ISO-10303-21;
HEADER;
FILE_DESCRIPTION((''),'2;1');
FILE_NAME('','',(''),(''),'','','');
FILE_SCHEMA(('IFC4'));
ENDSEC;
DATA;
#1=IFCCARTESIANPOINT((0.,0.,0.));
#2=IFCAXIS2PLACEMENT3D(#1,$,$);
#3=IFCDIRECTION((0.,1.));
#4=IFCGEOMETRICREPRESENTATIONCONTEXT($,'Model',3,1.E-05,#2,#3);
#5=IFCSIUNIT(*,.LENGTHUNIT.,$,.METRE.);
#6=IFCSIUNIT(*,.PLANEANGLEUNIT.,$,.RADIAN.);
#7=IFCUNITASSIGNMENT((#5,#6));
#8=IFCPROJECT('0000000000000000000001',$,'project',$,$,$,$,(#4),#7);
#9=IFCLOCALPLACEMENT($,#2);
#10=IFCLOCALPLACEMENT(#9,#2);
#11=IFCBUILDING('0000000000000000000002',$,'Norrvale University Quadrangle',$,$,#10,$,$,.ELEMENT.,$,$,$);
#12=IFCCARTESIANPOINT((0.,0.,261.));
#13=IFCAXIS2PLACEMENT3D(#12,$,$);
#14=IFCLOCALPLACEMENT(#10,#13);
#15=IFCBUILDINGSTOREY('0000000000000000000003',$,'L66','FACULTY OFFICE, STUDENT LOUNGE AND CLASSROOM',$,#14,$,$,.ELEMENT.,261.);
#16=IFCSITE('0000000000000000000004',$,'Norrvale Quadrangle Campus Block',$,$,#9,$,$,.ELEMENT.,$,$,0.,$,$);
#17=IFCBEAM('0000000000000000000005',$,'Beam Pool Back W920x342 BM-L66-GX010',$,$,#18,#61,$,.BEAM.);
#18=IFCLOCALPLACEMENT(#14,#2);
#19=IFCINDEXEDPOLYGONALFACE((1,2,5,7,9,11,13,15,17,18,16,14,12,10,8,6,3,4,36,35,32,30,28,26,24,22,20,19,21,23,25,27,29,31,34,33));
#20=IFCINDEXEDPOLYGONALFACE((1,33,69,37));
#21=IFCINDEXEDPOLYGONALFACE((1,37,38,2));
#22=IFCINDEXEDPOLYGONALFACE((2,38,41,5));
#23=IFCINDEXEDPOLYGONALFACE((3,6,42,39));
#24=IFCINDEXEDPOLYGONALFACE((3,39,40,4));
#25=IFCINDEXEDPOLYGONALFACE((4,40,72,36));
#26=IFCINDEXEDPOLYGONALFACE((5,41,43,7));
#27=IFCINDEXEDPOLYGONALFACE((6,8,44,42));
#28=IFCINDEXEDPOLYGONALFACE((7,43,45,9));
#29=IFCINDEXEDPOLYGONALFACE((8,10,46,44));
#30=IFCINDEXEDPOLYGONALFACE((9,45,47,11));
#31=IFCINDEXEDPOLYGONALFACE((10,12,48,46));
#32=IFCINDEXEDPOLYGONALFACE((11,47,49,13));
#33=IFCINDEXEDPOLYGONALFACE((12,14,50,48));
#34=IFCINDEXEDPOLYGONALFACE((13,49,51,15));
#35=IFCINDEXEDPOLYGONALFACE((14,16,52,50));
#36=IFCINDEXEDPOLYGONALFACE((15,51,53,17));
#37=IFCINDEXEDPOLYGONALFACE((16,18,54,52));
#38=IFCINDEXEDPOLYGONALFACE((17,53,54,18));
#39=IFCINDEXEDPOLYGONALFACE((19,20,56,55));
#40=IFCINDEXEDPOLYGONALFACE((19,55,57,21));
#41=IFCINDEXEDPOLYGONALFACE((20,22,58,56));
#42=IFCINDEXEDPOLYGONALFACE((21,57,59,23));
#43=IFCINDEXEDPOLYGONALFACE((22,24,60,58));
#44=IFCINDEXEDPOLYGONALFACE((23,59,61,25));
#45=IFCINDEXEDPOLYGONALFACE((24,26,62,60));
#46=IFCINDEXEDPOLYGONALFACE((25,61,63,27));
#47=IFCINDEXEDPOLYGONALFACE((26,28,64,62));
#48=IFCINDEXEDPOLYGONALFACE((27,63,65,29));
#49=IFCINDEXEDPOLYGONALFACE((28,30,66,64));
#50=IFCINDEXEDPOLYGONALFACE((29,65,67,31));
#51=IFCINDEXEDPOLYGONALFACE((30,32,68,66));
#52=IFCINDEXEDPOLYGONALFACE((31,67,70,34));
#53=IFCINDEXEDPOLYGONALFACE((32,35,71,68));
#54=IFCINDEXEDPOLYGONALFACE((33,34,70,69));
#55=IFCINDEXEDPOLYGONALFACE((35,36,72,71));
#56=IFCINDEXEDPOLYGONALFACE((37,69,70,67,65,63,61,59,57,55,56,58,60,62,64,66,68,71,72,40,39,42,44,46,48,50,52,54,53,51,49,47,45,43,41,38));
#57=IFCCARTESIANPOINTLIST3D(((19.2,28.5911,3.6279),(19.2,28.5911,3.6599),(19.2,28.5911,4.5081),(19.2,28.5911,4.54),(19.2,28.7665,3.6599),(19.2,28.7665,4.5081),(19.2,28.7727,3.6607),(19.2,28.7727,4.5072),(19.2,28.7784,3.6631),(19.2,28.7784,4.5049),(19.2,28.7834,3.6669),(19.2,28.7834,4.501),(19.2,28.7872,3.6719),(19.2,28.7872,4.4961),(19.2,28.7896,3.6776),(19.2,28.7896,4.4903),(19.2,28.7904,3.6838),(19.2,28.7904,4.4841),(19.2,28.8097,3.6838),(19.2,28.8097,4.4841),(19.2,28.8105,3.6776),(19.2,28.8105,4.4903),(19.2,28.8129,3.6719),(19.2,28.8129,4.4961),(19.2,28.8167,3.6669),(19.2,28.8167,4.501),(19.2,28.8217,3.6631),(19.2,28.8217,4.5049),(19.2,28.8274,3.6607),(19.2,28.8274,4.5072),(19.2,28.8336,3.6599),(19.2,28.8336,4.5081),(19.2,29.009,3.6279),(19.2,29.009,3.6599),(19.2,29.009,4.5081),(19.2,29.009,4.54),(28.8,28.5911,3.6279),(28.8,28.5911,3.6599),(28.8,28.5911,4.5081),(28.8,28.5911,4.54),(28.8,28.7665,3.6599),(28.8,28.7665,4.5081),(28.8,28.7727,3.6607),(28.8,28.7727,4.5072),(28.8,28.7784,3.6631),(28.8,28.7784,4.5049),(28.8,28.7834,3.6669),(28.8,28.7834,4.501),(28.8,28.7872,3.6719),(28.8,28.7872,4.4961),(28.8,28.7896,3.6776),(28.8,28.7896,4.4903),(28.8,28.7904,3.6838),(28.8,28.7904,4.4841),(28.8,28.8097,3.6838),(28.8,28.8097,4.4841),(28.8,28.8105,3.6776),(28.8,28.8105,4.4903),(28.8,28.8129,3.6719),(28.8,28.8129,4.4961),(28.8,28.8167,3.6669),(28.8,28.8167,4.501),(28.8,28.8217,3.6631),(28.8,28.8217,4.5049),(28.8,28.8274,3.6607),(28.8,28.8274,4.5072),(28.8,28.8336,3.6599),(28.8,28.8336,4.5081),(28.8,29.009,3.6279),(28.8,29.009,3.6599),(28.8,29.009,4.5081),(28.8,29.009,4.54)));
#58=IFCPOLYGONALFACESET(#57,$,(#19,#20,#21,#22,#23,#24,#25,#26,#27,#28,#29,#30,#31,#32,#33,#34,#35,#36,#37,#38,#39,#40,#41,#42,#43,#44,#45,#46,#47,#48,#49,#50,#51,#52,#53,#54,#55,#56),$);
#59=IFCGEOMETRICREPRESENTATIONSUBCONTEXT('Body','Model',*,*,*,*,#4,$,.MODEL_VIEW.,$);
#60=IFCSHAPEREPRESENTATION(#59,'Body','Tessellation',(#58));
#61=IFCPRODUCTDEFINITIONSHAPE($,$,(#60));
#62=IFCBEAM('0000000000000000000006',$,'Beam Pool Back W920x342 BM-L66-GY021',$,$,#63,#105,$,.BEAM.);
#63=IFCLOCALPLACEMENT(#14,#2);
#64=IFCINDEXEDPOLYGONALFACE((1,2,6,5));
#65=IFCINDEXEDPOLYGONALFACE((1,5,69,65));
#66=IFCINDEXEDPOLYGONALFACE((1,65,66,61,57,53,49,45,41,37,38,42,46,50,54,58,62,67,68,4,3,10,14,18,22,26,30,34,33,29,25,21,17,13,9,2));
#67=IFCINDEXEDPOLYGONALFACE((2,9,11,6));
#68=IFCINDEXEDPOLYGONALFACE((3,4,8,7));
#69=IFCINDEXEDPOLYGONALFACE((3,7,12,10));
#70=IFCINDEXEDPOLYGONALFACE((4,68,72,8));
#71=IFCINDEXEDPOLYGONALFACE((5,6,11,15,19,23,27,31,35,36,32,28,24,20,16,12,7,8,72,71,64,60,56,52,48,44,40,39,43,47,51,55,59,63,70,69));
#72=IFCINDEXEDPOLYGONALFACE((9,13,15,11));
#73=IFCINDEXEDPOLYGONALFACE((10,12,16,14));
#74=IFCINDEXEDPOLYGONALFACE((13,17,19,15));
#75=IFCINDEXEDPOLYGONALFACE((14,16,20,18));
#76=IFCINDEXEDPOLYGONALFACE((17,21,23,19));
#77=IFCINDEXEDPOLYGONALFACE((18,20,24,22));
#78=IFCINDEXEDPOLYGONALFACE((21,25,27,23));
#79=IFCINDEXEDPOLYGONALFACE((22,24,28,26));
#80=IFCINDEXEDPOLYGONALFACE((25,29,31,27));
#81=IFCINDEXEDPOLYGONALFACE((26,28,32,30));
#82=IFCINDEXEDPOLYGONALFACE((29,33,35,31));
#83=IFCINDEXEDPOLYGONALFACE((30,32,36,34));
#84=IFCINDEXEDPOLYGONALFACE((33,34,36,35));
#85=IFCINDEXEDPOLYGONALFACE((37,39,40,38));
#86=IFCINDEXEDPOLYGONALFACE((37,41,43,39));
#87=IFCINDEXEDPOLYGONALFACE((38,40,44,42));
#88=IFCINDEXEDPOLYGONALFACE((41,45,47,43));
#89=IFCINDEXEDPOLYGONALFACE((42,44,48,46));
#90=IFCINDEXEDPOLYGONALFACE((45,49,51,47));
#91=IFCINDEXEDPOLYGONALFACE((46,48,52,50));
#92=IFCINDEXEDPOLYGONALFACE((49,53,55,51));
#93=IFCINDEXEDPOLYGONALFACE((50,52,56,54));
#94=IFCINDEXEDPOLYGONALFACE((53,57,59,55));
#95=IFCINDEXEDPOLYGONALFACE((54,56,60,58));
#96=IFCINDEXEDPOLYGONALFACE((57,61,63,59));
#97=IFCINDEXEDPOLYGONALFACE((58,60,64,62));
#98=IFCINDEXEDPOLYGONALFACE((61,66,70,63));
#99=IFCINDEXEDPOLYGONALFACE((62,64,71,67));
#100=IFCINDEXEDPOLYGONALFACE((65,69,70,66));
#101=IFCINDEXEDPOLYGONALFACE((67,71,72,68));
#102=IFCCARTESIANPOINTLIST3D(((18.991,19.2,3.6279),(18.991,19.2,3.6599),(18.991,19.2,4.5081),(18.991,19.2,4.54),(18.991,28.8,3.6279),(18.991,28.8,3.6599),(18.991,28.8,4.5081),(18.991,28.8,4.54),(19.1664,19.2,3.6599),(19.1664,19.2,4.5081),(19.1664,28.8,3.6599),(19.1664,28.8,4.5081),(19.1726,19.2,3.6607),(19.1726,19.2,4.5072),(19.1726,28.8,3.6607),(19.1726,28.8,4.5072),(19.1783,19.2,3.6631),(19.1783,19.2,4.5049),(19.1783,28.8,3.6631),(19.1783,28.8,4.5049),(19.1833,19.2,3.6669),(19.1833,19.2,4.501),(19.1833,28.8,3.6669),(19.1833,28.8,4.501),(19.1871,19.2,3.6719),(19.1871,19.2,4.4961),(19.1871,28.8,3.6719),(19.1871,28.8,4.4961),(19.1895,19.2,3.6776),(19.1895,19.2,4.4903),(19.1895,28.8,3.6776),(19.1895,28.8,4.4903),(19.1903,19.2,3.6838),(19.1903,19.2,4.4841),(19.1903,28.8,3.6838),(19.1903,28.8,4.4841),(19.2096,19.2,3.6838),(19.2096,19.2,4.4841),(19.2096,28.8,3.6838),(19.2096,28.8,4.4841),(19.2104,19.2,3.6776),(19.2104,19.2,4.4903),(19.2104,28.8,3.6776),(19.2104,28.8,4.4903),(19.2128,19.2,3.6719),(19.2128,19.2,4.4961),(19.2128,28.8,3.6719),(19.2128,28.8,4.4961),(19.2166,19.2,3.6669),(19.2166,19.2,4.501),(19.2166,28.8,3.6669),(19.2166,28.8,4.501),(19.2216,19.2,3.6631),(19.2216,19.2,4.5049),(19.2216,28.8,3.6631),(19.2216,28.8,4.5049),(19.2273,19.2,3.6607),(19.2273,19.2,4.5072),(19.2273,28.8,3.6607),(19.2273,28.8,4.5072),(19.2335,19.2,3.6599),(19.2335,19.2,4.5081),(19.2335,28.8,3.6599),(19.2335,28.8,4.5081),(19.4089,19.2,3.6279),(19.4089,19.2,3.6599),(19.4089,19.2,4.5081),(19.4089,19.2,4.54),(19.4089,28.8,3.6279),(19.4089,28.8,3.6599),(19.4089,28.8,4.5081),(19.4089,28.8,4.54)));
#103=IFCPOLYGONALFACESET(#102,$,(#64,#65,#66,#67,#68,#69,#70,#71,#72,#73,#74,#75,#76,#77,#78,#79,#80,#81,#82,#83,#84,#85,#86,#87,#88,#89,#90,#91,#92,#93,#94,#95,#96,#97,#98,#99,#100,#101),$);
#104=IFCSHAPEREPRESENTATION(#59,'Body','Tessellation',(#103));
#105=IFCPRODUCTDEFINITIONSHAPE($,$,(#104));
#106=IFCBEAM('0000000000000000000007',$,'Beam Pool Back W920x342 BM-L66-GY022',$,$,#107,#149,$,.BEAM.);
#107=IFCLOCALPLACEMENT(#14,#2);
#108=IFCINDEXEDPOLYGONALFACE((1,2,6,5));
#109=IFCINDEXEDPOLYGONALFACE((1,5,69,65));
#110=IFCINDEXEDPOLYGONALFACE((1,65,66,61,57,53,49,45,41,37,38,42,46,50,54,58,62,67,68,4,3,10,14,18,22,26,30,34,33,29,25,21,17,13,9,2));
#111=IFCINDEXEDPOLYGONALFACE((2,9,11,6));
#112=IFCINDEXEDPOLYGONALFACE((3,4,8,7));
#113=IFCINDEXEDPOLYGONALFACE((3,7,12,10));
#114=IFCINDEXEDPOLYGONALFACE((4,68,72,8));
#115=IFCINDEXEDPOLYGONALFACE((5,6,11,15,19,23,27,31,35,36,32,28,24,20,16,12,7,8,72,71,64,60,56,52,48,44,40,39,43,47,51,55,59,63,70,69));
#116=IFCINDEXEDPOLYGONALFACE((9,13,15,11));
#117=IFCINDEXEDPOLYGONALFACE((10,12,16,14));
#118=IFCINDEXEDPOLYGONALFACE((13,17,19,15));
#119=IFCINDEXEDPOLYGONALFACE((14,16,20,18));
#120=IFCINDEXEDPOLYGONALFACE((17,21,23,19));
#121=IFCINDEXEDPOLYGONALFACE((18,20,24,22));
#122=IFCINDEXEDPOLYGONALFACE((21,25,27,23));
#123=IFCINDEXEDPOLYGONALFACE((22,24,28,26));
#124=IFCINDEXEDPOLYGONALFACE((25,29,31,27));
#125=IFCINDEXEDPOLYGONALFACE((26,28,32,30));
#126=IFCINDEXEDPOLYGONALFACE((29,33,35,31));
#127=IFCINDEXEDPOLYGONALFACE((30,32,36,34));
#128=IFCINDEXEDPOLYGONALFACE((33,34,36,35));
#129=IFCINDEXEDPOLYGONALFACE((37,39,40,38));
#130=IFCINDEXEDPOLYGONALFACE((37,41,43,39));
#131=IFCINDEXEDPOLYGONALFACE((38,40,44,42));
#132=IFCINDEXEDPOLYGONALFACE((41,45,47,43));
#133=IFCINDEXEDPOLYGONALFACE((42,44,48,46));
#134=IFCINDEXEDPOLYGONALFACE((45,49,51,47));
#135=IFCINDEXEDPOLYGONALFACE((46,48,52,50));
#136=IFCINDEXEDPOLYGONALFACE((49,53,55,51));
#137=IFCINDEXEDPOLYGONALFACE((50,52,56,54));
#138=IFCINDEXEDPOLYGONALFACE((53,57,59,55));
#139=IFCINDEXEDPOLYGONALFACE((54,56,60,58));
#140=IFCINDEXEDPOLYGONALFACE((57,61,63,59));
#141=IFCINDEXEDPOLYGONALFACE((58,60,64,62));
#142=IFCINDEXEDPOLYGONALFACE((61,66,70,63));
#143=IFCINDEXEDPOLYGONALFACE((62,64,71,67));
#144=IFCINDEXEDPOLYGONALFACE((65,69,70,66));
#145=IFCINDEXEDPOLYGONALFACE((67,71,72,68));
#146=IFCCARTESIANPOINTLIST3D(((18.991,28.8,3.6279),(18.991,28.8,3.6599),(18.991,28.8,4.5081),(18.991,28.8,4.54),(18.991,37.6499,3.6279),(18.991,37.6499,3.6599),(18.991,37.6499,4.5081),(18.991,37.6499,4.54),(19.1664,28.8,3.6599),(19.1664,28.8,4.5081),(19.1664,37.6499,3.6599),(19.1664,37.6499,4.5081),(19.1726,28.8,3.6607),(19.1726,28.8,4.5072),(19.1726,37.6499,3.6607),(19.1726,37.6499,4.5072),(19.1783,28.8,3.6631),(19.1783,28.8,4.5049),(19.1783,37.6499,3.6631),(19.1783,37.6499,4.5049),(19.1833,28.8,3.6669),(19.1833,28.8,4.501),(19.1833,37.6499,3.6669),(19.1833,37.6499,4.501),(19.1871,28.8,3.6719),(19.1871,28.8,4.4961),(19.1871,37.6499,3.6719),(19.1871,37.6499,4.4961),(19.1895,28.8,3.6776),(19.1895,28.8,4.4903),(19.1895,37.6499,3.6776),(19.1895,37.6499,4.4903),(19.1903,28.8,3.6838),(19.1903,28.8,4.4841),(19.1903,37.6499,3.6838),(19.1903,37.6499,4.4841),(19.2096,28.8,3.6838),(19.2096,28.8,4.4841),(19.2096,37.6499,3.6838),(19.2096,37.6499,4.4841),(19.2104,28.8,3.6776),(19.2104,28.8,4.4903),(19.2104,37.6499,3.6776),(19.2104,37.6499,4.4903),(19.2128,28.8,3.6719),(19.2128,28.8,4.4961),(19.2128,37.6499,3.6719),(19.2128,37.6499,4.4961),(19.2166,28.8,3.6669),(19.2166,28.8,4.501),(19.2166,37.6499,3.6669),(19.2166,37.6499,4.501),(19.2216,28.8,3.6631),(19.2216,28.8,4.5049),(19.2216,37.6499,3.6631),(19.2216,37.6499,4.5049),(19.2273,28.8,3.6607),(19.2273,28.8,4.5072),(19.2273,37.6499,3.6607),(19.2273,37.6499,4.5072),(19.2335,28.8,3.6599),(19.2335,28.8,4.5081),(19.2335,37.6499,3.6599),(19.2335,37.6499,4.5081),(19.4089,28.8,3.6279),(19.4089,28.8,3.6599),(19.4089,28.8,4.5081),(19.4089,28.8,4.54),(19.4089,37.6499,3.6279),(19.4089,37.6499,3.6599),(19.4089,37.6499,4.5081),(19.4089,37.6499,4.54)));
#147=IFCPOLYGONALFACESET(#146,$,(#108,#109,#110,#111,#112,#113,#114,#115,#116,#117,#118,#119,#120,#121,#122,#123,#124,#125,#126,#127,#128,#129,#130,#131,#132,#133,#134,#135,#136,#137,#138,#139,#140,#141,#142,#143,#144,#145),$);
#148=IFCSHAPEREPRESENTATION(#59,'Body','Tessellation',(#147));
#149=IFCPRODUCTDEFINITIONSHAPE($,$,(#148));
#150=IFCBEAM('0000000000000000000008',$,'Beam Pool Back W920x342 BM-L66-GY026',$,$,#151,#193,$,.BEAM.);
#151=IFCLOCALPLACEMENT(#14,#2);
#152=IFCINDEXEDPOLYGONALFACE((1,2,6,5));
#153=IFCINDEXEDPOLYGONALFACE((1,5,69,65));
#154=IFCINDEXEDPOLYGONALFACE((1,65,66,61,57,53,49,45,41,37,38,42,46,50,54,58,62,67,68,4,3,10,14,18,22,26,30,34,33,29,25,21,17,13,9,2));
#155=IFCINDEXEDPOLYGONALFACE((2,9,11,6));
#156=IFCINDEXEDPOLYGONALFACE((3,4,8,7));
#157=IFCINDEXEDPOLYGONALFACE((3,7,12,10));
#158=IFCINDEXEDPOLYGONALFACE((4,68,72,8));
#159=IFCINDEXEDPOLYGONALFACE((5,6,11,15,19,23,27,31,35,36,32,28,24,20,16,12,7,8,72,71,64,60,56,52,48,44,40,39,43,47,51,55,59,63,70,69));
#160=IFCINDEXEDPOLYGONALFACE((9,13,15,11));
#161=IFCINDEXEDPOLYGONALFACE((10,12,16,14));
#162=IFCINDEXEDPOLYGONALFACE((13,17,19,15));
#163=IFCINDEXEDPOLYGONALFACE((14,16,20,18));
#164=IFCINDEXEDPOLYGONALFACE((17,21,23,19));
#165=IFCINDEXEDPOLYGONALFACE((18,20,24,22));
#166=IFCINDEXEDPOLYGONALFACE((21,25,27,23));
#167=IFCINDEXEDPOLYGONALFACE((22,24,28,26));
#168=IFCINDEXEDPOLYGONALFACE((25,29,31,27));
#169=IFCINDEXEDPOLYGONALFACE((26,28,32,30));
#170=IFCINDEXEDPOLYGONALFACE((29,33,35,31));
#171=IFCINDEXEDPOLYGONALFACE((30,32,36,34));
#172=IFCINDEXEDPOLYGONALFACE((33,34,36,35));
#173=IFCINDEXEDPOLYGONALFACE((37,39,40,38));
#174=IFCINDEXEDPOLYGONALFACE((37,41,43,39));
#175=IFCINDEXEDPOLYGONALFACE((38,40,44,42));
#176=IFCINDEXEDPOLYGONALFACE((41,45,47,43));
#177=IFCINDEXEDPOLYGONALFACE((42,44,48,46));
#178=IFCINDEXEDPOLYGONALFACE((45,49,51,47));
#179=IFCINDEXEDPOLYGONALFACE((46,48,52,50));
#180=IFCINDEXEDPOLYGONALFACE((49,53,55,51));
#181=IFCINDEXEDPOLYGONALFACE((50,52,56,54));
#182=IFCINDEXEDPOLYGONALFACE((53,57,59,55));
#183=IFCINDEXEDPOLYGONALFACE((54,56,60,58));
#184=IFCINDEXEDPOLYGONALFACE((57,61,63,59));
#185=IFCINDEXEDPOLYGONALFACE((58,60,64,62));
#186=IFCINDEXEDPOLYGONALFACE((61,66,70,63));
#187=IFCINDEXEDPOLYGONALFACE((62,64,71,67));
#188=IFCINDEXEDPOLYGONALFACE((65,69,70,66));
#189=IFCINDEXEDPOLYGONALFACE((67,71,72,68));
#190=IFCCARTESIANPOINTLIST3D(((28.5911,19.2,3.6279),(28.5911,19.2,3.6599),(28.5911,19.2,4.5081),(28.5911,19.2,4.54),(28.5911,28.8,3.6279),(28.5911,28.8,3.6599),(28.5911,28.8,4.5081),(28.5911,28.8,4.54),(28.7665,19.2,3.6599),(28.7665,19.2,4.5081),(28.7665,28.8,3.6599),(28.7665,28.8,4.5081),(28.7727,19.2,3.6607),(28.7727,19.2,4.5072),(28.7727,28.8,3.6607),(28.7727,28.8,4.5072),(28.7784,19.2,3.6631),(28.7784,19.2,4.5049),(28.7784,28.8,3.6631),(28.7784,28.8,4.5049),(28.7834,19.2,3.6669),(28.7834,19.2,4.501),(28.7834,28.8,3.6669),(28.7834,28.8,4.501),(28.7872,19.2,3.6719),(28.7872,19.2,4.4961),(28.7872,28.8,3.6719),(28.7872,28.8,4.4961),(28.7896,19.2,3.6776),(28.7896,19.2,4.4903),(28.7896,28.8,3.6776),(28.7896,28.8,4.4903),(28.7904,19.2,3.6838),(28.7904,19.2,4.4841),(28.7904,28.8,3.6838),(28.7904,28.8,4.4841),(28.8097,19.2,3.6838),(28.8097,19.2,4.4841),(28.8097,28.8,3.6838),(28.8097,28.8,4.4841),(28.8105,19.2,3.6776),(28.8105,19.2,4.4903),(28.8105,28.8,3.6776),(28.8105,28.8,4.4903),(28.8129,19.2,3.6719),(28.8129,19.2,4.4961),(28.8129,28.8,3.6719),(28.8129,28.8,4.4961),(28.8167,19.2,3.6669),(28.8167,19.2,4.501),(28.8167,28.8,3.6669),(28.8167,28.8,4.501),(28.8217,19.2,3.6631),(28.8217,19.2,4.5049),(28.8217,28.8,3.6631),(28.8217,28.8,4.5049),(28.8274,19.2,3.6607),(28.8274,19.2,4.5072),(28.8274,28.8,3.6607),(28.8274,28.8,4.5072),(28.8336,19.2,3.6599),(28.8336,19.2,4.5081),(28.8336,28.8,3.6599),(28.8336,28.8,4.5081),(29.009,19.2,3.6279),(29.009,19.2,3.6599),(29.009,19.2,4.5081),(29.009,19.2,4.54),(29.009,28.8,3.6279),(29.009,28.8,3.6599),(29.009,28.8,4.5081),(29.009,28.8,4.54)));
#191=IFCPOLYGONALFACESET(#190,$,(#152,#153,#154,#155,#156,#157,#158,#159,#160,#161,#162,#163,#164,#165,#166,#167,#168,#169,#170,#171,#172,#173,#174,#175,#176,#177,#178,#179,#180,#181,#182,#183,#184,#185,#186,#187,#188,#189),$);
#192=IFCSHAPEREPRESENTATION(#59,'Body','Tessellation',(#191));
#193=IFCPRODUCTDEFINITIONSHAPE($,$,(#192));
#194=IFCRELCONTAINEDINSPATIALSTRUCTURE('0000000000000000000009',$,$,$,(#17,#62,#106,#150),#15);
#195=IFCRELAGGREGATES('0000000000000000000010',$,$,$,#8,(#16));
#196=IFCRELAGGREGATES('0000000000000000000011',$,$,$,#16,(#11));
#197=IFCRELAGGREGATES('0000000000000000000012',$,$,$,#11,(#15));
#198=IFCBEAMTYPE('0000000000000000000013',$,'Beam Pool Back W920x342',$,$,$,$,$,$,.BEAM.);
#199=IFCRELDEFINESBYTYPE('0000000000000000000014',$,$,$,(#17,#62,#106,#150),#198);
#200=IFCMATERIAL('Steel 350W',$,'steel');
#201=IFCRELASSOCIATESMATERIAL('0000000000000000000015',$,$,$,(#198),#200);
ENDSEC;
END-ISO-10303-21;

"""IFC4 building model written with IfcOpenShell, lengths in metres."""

from ifc_helpers import new_model, si_unit, direction, frame, origin, origin_2d, place, context, subcontext, project, spatial, i_section, extrude, material, material_profile, profile_set, type_object, element, save


model = new_model("IFC4")

# Units and contexts
model_context = context("Model", 3, precision=1e-05, world=origin(), true_north=direction((0.0, 1.0)))
body_context = subcontext(model_context, "Body", "Model", "MODEL_VIEW")
ifc_project = project(units=[si_unit("LENGTHUNIT", "METRE"), si_unit("PLANEANGLEUNIT", "RADIAN")], contexts=[model_context])

# Site, building, storey
site_placement = place(None, origin())
site = spatial("IfcSite", under=ifc_project, at=site_placement, Name="Norrvale Quadrangle Campus Block", CompositionType="ELEMENT", RefElevation=0.0)
building_placement = place(site_placement, origin())
building = spatial("IfcBuilding", under=site, at=building_placement, Name="Norrvale University Quadrangle", CompositionType="ELEMENT")
storey_placement = place(building_placement, frame((0.0, 0.0, 261.0)))
storey = spatial("IfcBuildingStorey", under=building, at=storey_placement, Name="L66", Description="FACULTY OFFICE, STUDENT LOUNGE AND CLASSROOM", CompositionType="ELEMENT", Elevation=261.0)

# Beams
ifc_material_1 = material(Name="Steel 350W", Category="steel")
ifc_material_profile_1 = material_profile(ifc_material_1, i_section(OverallWidth=0.418, OverallDepth=0.9121, WebThickness=0.0193, FlangeThickness=0.032, FilletRadius=0.0239, at=origin_2d()), Name="Steel 350W")
ifc_profile_set_1 = profile_set([ifc_material_profile_1], Name="Steel 350W")
beam_type_1 = type_object("IfcBeamType", Name="Beam Pool Back W920x342", PredefinedType="BEAM", material=ifc_profile_set_1)
for number, where, z_axis, x_axis, name in (
    (1, (19.2, 28.8, 4.084), (1.0, 0.0, 0.0), (0.0, 1.0, 0.0), "Beam Pool Back W920x342 BM-L66-GX010"),
    (2, (19.2, 19.2, 4.084), (0.0, 1.0, 0.0), (-1.0, 0.0, 0.0), "Beam Pool Back W920x342 BM-L66-GY021"),
):
    element("IfcBeam", number, at=place(storey_placement, frame(where, z_axis=z_axis, x_axis=x_axis)), inside=storey, type_object=beam_type_1, Name=name, PredefinedType="BEAM", context=body_context, shape_type="SweptSolid", body=[
        extrude(i_section(OverallWidth=0.418, OverallDepth=0.9121, WebThickness=0.0193, FlangeThickness=0.032, FilletRadius=0.0239, at=origin_2d()), origin(), (0.0, 0.0, 1.0), 9.6001),
    ])
beam_1_placement = place(storey_placement, frame((19.2, 28.8, 4.084), z_axis=(0.0, 1.0, 0.0), x_axis=(-1.0, 0.0, 0.0)))
element("IfcBeam", 3, at=beam_1_placement, inside=storey, type_object=beam_type_1, Name="Beam Pool Back W920x342 BM-L66-GY022", PredefinedType="BEAM", context=body_context, shape_type="SweptSolid", body=[
    extrude(i_section(OverallWidth=0.418, OverallDepth=0.9121, WebThickness=0.0193, FlangeThickness=0.032, FilletRadius=0.0239, at=origin_2d()), origin(), (0.0, 0.0, 1.0), 8.8499),
])
beam_2_placement = place(storey_placement, frame((28.8, 19.2, 4.084), z_axis=(0.0, 1.0, 0.0), x_axis=(-1.0, 0.0, 0.0)))
element("IfcBeam", 4, at=beam_2_placement, inside=storey, type_object=beam_type_1, Name="Beam Pool Back W920x342 BM-L66-GY026", PredefinedType="BEAM", context=body_context, shape_type="SweptSolid", body=[
    extrude(i_section(OverallWidth=0.418, OverallDepth=0.9121, WebThickness=0.0193, FlangeThickness=0.032, FilletRadius=0.0239, at=origin_2d()), origin(), (0.0, 0.0, 1.0), 9.6001),
])

save(model, "model.ifc")
